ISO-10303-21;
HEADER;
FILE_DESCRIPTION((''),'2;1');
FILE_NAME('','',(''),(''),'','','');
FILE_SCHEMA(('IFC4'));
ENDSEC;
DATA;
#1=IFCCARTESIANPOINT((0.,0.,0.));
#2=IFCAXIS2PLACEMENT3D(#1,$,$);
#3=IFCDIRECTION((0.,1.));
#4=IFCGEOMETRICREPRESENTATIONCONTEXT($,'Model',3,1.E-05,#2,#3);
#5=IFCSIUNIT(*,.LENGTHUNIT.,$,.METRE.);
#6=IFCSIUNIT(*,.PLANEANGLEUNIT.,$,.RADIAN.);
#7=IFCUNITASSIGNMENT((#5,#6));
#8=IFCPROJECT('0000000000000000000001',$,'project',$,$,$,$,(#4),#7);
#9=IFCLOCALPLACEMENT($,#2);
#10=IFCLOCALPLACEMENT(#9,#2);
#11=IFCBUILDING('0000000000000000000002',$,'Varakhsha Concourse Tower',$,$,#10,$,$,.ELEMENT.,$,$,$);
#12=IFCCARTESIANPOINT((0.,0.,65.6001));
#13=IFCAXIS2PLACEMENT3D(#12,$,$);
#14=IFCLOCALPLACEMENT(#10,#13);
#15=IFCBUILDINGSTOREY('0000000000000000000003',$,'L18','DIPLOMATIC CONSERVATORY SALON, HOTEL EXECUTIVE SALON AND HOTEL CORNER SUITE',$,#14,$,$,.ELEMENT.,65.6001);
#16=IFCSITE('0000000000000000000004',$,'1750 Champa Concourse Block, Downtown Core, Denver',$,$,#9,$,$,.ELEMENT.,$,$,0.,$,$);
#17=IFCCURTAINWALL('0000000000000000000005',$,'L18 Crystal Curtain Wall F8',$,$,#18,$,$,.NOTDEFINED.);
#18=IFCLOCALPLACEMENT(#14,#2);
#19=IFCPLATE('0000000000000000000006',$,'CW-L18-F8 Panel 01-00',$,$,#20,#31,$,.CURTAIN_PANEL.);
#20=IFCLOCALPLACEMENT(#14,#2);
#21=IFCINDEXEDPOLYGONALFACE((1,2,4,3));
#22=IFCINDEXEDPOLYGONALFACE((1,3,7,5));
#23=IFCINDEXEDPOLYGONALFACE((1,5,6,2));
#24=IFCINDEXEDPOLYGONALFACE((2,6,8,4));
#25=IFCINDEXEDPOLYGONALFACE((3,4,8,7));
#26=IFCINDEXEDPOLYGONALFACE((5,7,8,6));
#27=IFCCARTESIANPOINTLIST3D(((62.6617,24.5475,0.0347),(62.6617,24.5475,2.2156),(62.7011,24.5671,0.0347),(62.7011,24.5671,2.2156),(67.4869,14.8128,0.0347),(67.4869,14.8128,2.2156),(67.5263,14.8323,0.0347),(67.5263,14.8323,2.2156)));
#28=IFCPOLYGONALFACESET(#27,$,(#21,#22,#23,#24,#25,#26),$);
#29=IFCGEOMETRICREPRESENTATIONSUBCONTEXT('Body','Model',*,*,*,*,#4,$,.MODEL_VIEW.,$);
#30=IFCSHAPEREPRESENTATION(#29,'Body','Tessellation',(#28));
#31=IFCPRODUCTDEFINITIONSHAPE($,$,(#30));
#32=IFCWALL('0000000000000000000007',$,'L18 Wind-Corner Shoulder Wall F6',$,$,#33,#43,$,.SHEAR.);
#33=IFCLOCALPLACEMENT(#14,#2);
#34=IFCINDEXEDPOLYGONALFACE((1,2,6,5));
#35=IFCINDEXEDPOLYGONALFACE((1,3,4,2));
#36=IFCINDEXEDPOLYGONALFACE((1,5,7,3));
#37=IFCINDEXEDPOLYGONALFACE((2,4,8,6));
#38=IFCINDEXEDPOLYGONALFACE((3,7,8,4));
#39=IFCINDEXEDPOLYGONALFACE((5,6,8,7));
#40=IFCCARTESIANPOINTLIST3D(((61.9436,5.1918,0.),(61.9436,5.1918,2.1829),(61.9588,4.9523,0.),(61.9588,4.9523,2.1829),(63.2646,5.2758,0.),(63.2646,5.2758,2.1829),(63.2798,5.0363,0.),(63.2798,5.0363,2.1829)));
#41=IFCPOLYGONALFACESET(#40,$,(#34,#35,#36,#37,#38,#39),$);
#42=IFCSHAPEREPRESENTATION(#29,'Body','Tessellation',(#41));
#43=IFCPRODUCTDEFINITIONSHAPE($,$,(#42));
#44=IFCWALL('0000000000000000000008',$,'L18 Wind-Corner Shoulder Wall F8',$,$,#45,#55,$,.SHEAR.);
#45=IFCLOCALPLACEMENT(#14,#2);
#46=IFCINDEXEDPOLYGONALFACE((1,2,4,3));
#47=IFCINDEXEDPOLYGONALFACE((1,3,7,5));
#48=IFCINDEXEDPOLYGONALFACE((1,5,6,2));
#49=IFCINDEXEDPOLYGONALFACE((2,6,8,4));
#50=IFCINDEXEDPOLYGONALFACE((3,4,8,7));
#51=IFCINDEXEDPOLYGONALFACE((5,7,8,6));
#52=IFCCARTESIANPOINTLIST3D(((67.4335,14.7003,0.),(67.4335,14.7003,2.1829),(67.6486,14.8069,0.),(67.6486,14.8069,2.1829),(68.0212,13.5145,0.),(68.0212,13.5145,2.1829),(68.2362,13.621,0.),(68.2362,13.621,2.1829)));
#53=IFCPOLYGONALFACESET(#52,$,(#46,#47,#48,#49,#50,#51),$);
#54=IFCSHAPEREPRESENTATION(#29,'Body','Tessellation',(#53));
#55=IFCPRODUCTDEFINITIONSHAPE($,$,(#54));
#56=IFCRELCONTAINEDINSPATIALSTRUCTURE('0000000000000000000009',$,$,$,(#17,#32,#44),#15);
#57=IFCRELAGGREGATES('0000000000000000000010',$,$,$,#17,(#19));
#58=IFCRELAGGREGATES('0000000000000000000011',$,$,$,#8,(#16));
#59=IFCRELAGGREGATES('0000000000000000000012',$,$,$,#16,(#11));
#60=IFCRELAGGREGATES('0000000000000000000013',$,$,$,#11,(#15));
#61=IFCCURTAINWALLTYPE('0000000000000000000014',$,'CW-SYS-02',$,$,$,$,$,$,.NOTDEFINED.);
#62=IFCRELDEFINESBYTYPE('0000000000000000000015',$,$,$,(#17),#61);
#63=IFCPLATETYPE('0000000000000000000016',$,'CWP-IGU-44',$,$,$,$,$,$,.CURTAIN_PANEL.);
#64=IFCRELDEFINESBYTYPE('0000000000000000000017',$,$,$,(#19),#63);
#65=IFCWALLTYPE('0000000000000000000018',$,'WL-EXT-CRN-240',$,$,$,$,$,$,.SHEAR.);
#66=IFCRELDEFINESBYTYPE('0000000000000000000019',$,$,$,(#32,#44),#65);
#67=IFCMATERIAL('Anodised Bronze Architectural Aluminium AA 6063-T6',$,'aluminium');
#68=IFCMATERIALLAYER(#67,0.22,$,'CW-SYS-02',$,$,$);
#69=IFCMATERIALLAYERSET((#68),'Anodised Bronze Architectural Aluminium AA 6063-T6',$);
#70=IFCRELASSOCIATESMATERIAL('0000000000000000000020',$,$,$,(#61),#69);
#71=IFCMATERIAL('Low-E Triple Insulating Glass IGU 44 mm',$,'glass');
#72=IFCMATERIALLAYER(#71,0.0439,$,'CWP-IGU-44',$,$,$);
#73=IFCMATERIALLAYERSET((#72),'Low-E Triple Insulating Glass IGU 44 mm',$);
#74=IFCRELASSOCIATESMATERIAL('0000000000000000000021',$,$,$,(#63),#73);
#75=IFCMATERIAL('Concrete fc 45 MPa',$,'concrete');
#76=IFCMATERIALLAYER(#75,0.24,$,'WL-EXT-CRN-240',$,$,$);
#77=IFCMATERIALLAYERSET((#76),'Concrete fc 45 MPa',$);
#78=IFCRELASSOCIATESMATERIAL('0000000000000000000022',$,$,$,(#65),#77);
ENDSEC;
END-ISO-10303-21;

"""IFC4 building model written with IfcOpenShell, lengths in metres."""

from ifc_helpers import new_model, si_unit, direction, frame, frame_2d, origin, origin_2d, place, context, subcontext, project, spatial, rectangle, extrude, source, transform, mapped, material, layer, layer_set, type_object, type_shapes, element, aggregate, save


model = new_model("IFC4")

# Units and contexts
model_context = context("Model", 3, precision=1e-05, world=origin(), true_north=direction((0.0, 1.0)))
body_context = subcontext(model_context, "Body", "Model", "MODEL_VIEW")
ifc_project = project(units=[si_unit("LENGTHUNIT", "METRE"), si_unit("PLANEANGLEUNIT", "RADIAN")], contexts=[model_context])

# Site, building, storey
site_placement = place(None, origin())
site = spatial("IfcSite", under=ifc_project, at=site_placement, Name="1750 Champa Concourse Block, Downtown Core, Denver", CompositionType="ELEMENT", RefElevation=0.0)
building_placement = place(site_placement, origin())
building = spatial("IfcBuilding", under=site, at=building_placement, Name="Varakhsha Concourse Tower", CompositionType="ELEMENT")
storey_placement = place(building_placement, frame((0.0, 0.0, 65.6001)))
storey = spatial("IfcBuildingStorey", under=building, at=storey_placement, Name="L18", Description="DIPLOMATIC CONSERVATORY SALON, HOTEL EXECUTIVE SALON AND HOTEL CORNER SUITE", CompositionType="ELEMENT", Elevation=65.6001)

# Shared definitions
ifc_material_1 = material(Name="Anodised Bronze Architectural Aluminium AA 6063-T6", Category="aluminium")
ifc_layer_1 = layer(ifc_material_1, 0.22, Name="CW-SYS-02")
ifc_layer_set_1 = layer_set([ifc_layer_1], Name="Anodised Bronze Architectural Aluminium AA 6063-T6")
curtain_wall_type = type_object("IfcCurtainWallType", Name="CW-SYS-02", PredefinedType="NOTDEFINED", material=ifc_layer_set_1)

# Curtain wall
curtain_wall_1_placement = place(storey_placement, origin())
curtain_wall_1 = element("IfcCurtainWall", 1, at=curtain_wall_1_placement, inside=storey, type_object=curtain_wall_type, Name="L18 Crystal Curtain Wall F8", PredefinedType="NOTDEFINED")

# Plate
ifc_material_2 = material(Name="Low-E Triple Insulating Glass IGU 44 mm", Category="glass")
ifc_layer_2 = layer(ifc_material_2, 0.0439, Name="CWP-IGU-44")
ifc_layer_set_2 = layer_set([ifc_layer_2], Name="Low-E Triple Insulating Glass IGU 44 mm")
plate_type_1 = type_object("IfcPlateType", Name="CWP-IGU-44", PredefinedType="CURTAIN_PANEL", material=ifc_layer_set_2)
shared_shape_1 = source(origin(), body_context, "Body", "SweptSolid", [
    extrude(rectangle(XDim=10.865, YDim=0.0439, at=origin_2d()), origin(), (0.0, 0.0, 1.0), 2.1809),
])
type_shapes(plate_type_1, [shared_shape_1])
plate_1_placement = place(storey_placement, frame((65.094, 19.6899, 0.0347), z_axis=(0.0, 0.0, 1.0), x_axis=(0.44411, -0.895972, 0.0)))
plate_1 = element("IfcPlate", 2, at=plate_1_placement, type_object=plate_type_1, Name="CW-L18-F8 Panel 01-00", PredefinedType="CURTAIN_PANEL", context=body_context, shape_type="MappedRepresentation", body=[
    mapped(shared_shape_1, transform((0.0, 0.0, 0.0), scale=1.0)),
])
aggregate(curtain_wall_1, [plate_1])

# Walls
ifc_material_3 = material(Name="Concrete fc 45 MPa", Category="concrete")
ifc_layer_3 = layer(ifc_material_3, 0.24, Name="WL-EXT-CRN-240")
ifc_layer_set_3 = layer_set([ifc_layer_3], Name="Concrete fc 45 MPa")
wall_type = type_object("IfcWallType", Name="WL-EXT-CRN-240", PredefinedType="SHEAR", material=ifc_layer_set_3)
wall_1_placement = place(storey_placement, frame((61.9512, 5.072, 0.0), z_axis=(0.0, 0.0, 1.0), x_axis=(0.997985, 0.063446, 0.0)))
element("IfcWall", 3, at=wall_1_placement, inside=storey, type_object=wall_type, Name="L18 Wind-Corner Shoulder Wall F6", PredefinedType="SHEAR", context=body_context, shape_type="SweptSolid", body=[
    extrude(rectangle(XDim=1.3237, YDim=0.24, at=frame_2d((0.6619, 0.0))), origin(), (0.0, 0.0, 1.0), 2.1829),
])
wall_2_placement = place(storey_placement, frame((68.1287, 13.5679, 0.0), z_axis=(0.0, 0.0, 1.0), x_axis=(-0.444038, 0.896008, 0.0)))
element("IfcWall", 4, at=wall_2_placement, inside=storey, type_object=wall_type, Name="L18 Wind-Corner Shoulder Wall F8", PredefinedType="SHEAR", context=body_context, shape_type="SweptSolid", body=[
    extrude(rectangle(XDim=1.3235, YDim=0.24, at=frame_2d((0.6616, 0.0))), origin(), (0.0, 0.0, 1.0), 2.1829),
])

save(model, "model.ifc")
